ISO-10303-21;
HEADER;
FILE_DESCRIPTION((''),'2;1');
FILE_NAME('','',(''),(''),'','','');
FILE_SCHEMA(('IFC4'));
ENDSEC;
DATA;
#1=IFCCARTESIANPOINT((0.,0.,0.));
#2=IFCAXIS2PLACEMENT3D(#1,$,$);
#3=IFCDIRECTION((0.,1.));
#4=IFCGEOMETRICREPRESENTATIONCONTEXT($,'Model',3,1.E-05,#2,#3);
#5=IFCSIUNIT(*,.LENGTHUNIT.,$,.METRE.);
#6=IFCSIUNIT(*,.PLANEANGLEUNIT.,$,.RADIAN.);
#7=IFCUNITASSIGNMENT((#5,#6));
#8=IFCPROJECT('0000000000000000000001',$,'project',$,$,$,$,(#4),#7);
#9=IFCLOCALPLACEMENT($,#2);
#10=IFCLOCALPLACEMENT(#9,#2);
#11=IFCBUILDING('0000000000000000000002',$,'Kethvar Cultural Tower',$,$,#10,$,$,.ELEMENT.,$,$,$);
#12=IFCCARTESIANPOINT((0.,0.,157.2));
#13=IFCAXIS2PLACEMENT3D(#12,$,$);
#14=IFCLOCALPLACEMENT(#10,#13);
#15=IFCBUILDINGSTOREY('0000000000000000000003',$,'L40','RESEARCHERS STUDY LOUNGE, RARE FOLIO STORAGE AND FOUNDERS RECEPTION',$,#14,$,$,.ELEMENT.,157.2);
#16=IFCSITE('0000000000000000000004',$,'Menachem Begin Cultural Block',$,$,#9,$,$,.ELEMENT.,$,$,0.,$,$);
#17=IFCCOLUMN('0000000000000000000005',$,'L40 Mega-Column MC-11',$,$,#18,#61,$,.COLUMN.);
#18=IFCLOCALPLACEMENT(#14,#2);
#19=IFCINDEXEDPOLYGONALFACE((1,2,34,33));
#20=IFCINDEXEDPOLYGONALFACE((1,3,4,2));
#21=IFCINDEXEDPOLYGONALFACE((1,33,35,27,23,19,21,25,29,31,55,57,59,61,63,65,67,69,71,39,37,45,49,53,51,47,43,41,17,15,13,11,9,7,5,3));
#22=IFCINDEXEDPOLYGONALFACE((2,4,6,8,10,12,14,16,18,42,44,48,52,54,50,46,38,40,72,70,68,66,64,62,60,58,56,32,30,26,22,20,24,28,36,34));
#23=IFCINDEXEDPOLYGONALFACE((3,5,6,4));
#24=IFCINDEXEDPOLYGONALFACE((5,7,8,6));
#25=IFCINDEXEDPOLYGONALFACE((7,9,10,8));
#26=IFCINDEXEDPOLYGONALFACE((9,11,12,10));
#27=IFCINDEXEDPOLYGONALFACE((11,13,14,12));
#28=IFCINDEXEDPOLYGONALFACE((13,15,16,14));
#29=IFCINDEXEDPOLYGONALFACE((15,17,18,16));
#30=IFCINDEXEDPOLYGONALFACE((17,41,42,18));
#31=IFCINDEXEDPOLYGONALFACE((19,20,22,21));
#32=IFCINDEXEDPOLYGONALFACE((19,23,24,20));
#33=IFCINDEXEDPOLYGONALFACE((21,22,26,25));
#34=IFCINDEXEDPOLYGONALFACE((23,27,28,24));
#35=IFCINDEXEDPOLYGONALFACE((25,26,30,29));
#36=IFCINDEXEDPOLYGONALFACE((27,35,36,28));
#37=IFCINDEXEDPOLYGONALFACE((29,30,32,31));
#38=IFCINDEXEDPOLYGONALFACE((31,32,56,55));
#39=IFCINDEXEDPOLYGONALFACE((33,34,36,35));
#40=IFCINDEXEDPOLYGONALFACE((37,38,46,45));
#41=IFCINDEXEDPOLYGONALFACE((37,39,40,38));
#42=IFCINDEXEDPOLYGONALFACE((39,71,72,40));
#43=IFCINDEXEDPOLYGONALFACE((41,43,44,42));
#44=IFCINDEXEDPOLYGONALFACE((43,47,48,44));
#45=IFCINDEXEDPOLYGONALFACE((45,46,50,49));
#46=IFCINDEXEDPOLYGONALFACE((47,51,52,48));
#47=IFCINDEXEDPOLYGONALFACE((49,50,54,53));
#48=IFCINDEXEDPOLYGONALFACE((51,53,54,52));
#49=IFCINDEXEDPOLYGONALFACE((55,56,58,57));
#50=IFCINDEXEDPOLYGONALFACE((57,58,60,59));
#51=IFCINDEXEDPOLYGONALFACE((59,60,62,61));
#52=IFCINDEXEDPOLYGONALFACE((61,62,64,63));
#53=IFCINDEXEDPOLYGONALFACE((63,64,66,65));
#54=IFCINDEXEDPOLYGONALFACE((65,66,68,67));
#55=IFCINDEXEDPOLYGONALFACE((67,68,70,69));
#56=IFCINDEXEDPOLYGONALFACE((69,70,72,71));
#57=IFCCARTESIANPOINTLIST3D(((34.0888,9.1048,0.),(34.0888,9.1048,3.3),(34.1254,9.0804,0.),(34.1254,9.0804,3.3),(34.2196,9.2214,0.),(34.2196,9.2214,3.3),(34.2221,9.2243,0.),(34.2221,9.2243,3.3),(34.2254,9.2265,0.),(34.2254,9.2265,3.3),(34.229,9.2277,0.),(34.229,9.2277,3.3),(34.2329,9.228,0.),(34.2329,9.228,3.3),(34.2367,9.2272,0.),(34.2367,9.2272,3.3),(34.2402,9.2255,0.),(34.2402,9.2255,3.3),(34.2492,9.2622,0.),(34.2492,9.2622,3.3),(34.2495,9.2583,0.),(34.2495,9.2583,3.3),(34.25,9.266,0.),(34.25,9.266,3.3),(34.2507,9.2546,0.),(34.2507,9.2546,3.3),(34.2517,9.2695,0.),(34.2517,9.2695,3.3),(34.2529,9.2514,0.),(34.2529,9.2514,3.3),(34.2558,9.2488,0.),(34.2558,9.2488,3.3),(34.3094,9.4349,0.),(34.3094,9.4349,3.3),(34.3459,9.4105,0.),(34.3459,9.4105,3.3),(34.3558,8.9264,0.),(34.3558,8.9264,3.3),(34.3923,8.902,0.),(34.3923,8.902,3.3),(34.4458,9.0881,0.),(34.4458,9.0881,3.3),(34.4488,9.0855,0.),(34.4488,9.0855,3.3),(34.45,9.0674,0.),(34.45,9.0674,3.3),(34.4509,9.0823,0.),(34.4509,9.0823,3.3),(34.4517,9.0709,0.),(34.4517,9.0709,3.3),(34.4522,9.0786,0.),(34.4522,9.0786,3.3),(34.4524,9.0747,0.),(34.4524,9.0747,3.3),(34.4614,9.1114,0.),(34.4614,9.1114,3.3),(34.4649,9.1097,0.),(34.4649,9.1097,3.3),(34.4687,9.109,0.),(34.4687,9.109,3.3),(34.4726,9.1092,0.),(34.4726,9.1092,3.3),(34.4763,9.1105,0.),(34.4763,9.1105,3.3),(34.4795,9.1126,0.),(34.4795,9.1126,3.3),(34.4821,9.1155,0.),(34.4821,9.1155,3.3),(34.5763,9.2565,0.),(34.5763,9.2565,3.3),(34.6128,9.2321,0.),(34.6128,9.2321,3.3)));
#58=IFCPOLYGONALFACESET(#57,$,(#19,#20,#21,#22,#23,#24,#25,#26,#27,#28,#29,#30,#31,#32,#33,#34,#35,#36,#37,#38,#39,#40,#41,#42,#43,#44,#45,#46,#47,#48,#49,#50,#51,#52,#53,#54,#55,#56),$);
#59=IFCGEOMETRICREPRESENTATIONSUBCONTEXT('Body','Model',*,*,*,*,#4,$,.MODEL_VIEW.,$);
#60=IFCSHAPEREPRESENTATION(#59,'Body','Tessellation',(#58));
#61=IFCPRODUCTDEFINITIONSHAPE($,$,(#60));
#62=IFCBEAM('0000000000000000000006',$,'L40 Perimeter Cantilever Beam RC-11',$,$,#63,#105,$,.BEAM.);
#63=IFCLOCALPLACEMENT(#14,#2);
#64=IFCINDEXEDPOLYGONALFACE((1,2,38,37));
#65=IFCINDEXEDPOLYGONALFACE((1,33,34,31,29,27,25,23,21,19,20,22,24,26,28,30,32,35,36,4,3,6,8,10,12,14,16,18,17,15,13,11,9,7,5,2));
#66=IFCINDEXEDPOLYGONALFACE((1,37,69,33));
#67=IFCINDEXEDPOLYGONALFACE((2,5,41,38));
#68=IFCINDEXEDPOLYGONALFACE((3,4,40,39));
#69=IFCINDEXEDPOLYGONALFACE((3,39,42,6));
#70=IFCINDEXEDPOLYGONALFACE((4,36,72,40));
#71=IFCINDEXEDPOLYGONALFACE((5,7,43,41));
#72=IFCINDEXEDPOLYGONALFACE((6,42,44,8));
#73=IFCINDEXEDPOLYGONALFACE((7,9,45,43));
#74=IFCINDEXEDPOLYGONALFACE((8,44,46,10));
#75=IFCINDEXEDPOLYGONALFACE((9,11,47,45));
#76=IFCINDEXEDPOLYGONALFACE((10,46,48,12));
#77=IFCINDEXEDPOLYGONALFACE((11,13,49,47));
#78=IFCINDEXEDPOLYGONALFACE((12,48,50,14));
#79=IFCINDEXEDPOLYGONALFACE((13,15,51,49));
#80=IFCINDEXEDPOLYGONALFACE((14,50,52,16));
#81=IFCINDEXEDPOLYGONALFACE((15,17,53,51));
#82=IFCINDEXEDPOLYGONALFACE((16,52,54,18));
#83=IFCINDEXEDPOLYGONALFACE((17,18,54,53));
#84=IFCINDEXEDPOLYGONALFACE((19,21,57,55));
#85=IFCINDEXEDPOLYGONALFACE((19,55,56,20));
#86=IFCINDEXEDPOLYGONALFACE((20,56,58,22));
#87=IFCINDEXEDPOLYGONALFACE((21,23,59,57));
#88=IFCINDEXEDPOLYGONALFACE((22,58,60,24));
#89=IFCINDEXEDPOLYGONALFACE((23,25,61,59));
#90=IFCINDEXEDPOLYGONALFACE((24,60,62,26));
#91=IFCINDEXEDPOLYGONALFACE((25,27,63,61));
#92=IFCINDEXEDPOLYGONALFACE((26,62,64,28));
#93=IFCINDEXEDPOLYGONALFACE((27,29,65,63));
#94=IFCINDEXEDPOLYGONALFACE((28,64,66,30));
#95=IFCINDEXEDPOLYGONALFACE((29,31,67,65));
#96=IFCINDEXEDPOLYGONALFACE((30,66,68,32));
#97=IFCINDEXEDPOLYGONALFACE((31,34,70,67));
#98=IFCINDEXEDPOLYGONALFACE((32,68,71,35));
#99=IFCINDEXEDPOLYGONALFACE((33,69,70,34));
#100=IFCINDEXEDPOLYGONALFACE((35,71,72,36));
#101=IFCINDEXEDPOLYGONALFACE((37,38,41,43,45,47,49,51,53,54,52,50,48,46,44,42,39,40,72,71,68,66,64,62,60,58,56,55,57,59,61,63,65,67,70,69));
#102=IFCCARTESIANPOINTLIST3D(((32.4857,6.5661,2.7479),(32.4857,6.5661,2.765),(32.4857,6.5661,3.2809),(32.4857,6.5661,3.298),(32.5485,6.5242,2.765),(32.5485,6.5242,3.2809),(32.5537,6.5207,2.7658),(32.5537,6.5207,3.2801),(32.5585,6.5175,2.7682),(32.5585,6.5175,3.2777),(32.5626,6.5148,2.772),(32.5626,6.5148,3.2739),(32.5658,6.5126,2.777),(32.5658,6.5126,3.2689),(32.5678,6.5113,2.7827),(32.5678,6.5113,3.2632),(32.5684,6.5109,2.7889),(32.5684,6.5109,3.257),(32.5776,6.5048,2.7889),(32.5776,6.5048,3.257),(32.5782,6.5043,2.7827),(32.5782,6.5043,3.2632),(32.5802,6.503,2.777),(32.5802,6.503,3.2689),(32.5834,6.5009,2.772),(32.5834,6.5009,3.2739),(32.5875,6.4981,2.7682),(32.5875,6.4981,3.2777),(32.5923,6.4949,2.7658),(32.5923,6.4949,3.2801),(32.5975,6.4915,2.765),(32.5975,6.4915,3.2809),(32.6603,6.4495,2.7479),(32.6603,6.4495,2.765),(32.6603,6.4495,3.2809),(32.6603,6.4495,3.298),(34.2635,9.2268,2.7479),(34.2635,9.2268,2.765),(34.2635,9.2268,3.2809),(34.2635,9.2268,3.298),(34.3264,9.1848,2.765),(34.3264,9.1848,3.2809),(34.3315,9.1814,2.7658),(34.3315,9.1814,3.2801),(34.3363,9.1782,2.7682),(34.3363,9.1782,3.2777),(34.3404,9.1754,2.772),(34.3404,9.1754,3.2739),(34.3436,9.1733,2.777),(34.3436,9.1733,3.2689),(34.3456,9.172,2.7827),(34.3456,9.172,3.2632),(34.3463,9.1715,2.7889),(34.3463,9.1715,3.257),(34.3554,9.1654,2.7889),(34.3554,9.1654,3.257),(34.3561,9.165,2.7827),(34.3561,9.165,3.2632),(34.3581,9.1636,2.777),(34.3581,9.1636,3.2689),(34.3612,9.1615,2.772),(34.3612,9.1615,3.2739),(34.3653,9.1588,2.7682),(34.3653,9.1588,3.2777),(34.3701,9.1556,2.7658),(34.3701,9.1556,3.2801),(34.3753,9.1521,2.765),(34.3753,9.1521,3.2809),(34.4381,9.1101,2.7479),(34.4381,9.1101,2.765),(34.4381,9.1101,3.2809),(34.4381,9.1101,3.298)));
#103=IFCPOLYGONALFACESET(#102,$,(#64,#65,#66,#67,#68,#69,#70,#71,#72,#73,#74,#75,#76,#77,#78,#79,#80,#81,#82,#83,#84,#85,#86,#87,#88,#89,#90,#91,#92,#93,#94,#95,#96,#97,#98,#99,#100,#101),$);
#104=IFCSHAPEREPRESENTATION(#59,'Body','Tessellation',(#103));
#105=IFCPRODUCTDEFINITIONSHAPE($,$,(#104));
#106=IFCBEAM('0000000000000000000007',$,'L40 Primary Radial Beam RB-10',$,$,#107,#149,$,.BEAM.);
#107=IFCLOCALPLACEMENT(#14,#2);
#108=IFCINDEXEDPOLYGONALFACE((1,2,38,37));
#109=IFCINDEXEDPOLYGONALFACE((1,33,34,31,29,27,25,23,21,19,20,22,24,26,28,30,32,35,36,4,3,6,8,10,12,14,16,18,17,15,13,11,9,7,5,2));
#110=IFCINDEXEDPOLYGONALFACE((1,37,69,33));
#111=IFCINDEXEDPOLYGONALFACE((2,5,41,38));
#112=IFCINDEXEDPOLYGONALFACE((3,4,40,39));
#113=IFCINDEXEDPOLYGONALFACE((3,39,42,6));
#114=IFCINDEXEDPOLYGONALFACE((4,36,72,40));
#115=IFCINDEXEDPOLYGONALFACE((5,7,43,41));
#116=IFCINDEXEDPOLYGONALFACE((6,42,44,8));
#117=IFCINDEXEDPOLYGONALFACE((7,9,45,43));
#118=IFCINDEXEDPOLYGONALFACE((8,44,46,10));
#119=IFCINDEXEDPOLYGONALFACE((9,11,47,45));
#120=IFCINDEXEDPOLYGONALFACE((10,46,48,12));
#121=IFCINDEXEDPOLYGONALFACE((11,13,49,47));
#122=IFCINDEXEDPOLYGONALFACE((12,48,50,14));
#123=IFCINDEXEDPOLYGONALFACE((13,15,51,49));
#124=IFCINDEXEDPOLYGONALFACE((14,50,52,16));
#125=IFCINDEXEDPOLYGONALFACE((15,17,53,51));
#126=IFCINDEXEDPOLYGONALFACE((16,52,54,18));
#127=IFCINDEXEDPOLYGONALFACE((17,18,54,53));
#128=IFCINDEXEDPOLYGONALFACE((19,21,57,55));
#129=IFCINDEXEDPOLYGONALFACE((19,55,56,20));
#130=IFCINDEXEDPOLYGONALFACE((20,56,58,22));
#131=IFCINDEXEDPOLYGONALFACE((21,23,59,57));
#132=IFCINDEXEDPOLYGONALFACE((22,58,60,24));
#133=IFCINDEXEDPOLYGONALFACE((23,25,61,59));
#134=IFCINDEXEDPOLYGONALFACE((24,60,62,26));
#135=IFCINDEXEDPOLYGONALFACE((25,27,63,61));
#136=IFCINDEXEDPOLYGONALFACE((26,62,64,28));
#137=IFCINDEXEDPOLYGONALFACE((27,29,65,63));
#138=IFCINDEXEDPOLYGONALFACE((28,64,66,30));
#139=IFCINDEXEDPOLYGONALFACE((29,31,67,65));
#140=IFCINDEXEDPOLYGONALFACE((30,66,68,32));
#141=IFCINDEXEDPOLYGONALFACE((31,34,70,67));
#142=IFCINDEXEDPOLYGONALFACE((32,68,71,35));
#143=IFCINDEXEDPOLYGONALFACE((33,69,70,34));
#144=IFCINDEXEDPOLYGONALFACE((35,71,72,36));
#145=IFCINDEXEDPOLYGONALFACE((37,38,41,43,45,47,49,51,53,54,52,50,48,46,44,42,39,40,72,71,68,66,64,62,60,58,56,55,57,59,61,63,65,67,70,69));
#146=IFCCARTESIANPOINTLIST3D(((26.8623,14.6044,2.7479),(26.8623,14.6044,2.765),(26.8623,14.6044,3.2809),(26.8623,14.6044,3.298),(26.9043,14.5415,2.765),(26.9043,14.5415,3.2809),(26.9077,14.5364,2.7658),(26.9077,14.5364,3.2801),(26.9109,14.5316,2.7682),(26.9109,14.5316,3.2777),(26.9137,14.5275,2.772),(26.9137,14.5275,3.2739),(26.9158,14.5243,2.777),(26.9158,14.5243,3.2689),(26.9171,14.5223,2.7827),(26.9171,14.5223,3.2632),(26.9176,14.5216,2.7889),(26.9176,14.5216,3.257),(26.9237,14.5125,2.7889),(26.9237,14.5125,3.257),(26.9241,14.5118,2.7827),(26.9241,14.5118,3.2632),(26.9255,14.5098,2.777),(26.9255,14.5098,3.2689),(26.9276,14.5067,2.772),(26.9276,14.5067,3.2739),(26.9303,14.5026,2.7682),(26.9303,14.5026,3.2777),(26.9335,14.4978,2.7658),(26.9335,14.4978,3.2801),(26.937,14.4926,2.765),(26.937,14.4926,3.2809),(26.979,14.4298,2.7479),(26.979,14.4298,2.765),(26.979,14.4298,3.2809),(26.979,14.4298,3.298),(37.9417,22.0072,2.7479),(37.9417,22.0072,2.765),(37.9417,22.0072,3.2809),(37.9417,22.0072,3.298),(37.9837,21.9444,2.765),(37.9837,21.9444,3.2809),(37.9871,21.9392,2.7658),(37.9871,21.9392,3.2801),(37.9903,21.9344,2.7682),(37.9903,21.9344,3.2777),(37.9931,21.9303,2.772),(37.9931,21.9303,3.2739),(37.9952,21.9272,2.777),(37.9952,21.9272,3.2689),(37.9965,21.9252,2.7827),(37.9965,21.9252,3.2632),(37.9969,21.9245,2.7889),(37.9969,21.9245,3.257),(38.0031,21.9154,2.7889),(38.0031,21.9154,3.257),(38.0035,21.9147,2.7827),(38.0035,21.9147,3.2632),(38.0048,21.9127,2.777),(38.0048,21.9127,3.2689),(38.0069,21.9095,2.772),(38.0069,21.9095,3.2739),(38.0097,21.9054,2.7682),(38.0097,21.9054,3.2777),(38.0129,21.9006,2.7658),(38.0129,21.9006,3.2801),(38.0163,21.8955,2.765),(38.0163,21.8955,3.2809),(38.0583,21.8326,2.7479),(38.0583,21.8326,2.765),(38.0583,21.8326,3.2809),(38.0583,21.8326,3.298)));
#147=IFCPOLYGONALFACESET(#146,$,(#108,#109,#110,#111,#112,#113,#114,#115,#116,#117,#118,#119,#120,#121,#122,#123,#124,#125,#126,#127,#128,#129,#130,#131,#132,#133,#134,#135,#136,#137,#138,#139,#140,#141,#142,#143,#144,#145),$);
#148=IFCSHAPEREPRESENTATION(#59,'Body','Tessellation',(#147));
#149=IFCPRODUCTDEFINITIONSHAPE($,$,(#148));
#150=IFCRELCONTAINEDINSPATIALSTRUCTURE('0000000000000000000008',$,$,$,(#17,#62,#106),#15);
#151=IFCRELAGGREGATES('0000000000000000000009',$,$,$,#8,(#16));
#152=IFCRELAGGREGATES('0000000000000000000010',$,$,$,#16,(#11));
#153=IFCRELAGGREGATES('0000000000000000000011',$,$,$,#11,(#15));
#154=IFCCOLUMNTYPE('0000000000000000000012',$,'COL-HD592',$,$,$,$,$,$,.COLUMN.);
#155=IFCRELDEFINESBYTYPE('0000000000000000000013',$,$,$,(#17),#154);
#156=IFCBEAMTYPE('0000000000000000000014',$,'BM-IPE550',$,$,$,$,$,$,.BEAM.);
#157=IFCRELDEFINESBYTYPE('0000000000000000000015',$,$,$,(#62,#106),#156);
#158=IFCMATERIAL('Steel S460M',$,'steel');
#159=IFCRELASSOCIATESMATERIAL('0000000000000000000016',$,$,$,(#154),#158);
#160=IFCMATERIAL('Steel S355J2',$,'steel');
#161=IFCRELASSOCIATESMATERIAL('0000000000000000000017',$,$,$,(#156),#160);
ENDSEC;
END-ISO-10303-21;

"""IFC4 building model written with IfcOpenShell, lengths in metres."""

from ifc_helpers import new_model, si_unit, direction, frame, origin, origin_2d, place, context, subcontext, project, spatial, i_section, extrude, source, transform, mapped, material, material_profile, profile_set, type_object, element, save


model = new_model("IFC4")

# Units and contexts
model_context = context("Model", 3, precision=1e-05, world=origin(), true_north=direction((0.0, 1.0)))
body_context = subcontext(model_context, "Body", "Model", "MODEL_VIEW")
ifc_project = project(units=[si_unit("LENGTHUNIT", "METRE"), si_unit("PLANEANGLEUNIT", "RADIAN")], contexts=[model_context])

# Site, building, storey
site_placement = place(None, origin())
site = spatial("IfcSite", under=ifc_project, at=site_placement, Name="Menachem Begin Cultural Block", CompositionType="ELEMENT", RefElevation=0.0)
building_placement = place(site_placement, origin())
building = spatial("IfcBuilding", under=site, at=building_placement, Name="Kethvar Cultural Tower", CompositionType="ELEMENT")
storey_placement = place(building_placement, frame((0.0, 0.0, 157.2)))
storey = spatial("IfcBuildingStorey", under=building, at=storey_placement, Name="L40", Description="RESEARCHERS STUDY LOUNGE, RARE FOLIO STORAGE AND FOUNDERS RECEPTION", CompositionType="ELEMENT", Elevation=157.2)

# Column
ifc_material_1 = material(Name="Steel S460M", Category="steel")
ifc_material_profile_1 = material_profile(ifc_material_1, i_section(OverallWidth=0.397, OverallDepth=0.365, WebThickness=0.0281, FlangeThickness=0.0439, FilletRadius=0.0149, at=origin_2d()), Name="Steel S460M — HD400x592")
ifc_profile_set_1 = profile_set([ifc_material_profile_1], Name="Steel S460M — HD400x592")
column_type = type_object("IfcColumnType", Name="COL-HD592", PredefinedType="COLUMN", material=ifc_profile_set_1)
shared_shape_1 = source(origin(), body_context, "Body", "SweptSolid", [
    extrude(i_section(OverallWidth=0.397, OverallDepth=0.365, WebThickness=0.0281, FlangeThickness=0.0439, FilletRadius=0.0149, at=origin_2d()), origin(), (0.0, 0.0, 1.0), 3.3),
])
column_placement = place(storey_placement, frame((34.3508, 9.1685, 0.0), z_axis=(0.0, 0.0, 1.0), x_axis=(-0.55557, -0.83147, 0.0)))
element("IfcColumn", 1, at=column_placement, inside=storey, type_object=column_type, Name="L40 Mega-Column MC-11", PredefinedType="COLUMN", context=body_context, shape_type="MappedRepresentation", body=[
    mapped(shared_shape_1, transform((0.0, 0.0, 0.0), scale=1.0)),
])

# Beams
ifc_material_2 = material(Name="Steel S355J2", Category="steel")
ifc_material_profile_2 = material_profile(ifc_material_2, i_section(OverallWidth=0.21, OverallDepth=0.55, WebThickness=0.011, FlangeThickness=0.0171, FilletRadius=0.0239, at=origin_2d()), Name="Steel S355J2 — IPE550")
ifc_profile_set_2 = profile_set([ifc_material_profile_2], Name="Steel S355J2 — IPE550")
beam_type_1 = type_object("IfcBeamType", Name="BM-IPE550", PredefinedType="BEAM", material=ifc_profile_set_2)
shared_shape_2 = source(origin(), body_context, "Body", "SweptSolid", [
    extrude(i_section(OverallWidth=0.21, OverallDepth=0.55, WebThickness=0.011, FlangeThickness=0.0171, FilletRadius=0.0239, at=origin_2d()), origin(), (0.0, 0.0, 1.0), 3.2),
])
beam_1_placement = place(storey_placement, frame((34.3508, 9.1685, 3.0229), z_axis=(-0.55558, -0.831463, 0.0), x_axis=(0.831463, -0.55558, 0.0)))
element("IfcBeam", 2, at=beam_1_placement, inside=storey, type_object=beam_type_1, Name="L40 Perimeter Cantilever Beam RC-11", PredefinedType="BEAM", context=body_context, shape_type="MappedRepresentation", body=[
    mapped(shared_shape_2, transform((0.0, 0.0, 0.0), scale=1.0)),
])
shared_shape_3 = source(origin(), body_context, "Body", "SweptSolid", [
    extrude(i_section(OverallWidth=0.21, OverallDepth=0.55, WebThickness=0.011, FlangeThickness=0.0171, FilletRadius=0.0239, at=origin_2d()), origin(), (0.0, 0.0, 1.0), 13.325),
])
beam_2_placement = place(storey_placement, frame((38.0, 21.9199, 3.0229), z_axis=(-0.831475, -0.555562, 0.0), x_axis=(0.555562, -0.831475, 0.0)))
element("IfcBeam", 3, at=beam_2_placement, inside=storey, type_object=beam_type_1, Name="L40 Primary Radial Beam RB-10", PredefinedType="BEAM", context=body_context, shape_type="MappedRepresentation", body=[
    mapped(shared_shape_3, transform((0.0, 0.0, 0.0), scale=1.0)),
])

save(model, "model.ifc")
